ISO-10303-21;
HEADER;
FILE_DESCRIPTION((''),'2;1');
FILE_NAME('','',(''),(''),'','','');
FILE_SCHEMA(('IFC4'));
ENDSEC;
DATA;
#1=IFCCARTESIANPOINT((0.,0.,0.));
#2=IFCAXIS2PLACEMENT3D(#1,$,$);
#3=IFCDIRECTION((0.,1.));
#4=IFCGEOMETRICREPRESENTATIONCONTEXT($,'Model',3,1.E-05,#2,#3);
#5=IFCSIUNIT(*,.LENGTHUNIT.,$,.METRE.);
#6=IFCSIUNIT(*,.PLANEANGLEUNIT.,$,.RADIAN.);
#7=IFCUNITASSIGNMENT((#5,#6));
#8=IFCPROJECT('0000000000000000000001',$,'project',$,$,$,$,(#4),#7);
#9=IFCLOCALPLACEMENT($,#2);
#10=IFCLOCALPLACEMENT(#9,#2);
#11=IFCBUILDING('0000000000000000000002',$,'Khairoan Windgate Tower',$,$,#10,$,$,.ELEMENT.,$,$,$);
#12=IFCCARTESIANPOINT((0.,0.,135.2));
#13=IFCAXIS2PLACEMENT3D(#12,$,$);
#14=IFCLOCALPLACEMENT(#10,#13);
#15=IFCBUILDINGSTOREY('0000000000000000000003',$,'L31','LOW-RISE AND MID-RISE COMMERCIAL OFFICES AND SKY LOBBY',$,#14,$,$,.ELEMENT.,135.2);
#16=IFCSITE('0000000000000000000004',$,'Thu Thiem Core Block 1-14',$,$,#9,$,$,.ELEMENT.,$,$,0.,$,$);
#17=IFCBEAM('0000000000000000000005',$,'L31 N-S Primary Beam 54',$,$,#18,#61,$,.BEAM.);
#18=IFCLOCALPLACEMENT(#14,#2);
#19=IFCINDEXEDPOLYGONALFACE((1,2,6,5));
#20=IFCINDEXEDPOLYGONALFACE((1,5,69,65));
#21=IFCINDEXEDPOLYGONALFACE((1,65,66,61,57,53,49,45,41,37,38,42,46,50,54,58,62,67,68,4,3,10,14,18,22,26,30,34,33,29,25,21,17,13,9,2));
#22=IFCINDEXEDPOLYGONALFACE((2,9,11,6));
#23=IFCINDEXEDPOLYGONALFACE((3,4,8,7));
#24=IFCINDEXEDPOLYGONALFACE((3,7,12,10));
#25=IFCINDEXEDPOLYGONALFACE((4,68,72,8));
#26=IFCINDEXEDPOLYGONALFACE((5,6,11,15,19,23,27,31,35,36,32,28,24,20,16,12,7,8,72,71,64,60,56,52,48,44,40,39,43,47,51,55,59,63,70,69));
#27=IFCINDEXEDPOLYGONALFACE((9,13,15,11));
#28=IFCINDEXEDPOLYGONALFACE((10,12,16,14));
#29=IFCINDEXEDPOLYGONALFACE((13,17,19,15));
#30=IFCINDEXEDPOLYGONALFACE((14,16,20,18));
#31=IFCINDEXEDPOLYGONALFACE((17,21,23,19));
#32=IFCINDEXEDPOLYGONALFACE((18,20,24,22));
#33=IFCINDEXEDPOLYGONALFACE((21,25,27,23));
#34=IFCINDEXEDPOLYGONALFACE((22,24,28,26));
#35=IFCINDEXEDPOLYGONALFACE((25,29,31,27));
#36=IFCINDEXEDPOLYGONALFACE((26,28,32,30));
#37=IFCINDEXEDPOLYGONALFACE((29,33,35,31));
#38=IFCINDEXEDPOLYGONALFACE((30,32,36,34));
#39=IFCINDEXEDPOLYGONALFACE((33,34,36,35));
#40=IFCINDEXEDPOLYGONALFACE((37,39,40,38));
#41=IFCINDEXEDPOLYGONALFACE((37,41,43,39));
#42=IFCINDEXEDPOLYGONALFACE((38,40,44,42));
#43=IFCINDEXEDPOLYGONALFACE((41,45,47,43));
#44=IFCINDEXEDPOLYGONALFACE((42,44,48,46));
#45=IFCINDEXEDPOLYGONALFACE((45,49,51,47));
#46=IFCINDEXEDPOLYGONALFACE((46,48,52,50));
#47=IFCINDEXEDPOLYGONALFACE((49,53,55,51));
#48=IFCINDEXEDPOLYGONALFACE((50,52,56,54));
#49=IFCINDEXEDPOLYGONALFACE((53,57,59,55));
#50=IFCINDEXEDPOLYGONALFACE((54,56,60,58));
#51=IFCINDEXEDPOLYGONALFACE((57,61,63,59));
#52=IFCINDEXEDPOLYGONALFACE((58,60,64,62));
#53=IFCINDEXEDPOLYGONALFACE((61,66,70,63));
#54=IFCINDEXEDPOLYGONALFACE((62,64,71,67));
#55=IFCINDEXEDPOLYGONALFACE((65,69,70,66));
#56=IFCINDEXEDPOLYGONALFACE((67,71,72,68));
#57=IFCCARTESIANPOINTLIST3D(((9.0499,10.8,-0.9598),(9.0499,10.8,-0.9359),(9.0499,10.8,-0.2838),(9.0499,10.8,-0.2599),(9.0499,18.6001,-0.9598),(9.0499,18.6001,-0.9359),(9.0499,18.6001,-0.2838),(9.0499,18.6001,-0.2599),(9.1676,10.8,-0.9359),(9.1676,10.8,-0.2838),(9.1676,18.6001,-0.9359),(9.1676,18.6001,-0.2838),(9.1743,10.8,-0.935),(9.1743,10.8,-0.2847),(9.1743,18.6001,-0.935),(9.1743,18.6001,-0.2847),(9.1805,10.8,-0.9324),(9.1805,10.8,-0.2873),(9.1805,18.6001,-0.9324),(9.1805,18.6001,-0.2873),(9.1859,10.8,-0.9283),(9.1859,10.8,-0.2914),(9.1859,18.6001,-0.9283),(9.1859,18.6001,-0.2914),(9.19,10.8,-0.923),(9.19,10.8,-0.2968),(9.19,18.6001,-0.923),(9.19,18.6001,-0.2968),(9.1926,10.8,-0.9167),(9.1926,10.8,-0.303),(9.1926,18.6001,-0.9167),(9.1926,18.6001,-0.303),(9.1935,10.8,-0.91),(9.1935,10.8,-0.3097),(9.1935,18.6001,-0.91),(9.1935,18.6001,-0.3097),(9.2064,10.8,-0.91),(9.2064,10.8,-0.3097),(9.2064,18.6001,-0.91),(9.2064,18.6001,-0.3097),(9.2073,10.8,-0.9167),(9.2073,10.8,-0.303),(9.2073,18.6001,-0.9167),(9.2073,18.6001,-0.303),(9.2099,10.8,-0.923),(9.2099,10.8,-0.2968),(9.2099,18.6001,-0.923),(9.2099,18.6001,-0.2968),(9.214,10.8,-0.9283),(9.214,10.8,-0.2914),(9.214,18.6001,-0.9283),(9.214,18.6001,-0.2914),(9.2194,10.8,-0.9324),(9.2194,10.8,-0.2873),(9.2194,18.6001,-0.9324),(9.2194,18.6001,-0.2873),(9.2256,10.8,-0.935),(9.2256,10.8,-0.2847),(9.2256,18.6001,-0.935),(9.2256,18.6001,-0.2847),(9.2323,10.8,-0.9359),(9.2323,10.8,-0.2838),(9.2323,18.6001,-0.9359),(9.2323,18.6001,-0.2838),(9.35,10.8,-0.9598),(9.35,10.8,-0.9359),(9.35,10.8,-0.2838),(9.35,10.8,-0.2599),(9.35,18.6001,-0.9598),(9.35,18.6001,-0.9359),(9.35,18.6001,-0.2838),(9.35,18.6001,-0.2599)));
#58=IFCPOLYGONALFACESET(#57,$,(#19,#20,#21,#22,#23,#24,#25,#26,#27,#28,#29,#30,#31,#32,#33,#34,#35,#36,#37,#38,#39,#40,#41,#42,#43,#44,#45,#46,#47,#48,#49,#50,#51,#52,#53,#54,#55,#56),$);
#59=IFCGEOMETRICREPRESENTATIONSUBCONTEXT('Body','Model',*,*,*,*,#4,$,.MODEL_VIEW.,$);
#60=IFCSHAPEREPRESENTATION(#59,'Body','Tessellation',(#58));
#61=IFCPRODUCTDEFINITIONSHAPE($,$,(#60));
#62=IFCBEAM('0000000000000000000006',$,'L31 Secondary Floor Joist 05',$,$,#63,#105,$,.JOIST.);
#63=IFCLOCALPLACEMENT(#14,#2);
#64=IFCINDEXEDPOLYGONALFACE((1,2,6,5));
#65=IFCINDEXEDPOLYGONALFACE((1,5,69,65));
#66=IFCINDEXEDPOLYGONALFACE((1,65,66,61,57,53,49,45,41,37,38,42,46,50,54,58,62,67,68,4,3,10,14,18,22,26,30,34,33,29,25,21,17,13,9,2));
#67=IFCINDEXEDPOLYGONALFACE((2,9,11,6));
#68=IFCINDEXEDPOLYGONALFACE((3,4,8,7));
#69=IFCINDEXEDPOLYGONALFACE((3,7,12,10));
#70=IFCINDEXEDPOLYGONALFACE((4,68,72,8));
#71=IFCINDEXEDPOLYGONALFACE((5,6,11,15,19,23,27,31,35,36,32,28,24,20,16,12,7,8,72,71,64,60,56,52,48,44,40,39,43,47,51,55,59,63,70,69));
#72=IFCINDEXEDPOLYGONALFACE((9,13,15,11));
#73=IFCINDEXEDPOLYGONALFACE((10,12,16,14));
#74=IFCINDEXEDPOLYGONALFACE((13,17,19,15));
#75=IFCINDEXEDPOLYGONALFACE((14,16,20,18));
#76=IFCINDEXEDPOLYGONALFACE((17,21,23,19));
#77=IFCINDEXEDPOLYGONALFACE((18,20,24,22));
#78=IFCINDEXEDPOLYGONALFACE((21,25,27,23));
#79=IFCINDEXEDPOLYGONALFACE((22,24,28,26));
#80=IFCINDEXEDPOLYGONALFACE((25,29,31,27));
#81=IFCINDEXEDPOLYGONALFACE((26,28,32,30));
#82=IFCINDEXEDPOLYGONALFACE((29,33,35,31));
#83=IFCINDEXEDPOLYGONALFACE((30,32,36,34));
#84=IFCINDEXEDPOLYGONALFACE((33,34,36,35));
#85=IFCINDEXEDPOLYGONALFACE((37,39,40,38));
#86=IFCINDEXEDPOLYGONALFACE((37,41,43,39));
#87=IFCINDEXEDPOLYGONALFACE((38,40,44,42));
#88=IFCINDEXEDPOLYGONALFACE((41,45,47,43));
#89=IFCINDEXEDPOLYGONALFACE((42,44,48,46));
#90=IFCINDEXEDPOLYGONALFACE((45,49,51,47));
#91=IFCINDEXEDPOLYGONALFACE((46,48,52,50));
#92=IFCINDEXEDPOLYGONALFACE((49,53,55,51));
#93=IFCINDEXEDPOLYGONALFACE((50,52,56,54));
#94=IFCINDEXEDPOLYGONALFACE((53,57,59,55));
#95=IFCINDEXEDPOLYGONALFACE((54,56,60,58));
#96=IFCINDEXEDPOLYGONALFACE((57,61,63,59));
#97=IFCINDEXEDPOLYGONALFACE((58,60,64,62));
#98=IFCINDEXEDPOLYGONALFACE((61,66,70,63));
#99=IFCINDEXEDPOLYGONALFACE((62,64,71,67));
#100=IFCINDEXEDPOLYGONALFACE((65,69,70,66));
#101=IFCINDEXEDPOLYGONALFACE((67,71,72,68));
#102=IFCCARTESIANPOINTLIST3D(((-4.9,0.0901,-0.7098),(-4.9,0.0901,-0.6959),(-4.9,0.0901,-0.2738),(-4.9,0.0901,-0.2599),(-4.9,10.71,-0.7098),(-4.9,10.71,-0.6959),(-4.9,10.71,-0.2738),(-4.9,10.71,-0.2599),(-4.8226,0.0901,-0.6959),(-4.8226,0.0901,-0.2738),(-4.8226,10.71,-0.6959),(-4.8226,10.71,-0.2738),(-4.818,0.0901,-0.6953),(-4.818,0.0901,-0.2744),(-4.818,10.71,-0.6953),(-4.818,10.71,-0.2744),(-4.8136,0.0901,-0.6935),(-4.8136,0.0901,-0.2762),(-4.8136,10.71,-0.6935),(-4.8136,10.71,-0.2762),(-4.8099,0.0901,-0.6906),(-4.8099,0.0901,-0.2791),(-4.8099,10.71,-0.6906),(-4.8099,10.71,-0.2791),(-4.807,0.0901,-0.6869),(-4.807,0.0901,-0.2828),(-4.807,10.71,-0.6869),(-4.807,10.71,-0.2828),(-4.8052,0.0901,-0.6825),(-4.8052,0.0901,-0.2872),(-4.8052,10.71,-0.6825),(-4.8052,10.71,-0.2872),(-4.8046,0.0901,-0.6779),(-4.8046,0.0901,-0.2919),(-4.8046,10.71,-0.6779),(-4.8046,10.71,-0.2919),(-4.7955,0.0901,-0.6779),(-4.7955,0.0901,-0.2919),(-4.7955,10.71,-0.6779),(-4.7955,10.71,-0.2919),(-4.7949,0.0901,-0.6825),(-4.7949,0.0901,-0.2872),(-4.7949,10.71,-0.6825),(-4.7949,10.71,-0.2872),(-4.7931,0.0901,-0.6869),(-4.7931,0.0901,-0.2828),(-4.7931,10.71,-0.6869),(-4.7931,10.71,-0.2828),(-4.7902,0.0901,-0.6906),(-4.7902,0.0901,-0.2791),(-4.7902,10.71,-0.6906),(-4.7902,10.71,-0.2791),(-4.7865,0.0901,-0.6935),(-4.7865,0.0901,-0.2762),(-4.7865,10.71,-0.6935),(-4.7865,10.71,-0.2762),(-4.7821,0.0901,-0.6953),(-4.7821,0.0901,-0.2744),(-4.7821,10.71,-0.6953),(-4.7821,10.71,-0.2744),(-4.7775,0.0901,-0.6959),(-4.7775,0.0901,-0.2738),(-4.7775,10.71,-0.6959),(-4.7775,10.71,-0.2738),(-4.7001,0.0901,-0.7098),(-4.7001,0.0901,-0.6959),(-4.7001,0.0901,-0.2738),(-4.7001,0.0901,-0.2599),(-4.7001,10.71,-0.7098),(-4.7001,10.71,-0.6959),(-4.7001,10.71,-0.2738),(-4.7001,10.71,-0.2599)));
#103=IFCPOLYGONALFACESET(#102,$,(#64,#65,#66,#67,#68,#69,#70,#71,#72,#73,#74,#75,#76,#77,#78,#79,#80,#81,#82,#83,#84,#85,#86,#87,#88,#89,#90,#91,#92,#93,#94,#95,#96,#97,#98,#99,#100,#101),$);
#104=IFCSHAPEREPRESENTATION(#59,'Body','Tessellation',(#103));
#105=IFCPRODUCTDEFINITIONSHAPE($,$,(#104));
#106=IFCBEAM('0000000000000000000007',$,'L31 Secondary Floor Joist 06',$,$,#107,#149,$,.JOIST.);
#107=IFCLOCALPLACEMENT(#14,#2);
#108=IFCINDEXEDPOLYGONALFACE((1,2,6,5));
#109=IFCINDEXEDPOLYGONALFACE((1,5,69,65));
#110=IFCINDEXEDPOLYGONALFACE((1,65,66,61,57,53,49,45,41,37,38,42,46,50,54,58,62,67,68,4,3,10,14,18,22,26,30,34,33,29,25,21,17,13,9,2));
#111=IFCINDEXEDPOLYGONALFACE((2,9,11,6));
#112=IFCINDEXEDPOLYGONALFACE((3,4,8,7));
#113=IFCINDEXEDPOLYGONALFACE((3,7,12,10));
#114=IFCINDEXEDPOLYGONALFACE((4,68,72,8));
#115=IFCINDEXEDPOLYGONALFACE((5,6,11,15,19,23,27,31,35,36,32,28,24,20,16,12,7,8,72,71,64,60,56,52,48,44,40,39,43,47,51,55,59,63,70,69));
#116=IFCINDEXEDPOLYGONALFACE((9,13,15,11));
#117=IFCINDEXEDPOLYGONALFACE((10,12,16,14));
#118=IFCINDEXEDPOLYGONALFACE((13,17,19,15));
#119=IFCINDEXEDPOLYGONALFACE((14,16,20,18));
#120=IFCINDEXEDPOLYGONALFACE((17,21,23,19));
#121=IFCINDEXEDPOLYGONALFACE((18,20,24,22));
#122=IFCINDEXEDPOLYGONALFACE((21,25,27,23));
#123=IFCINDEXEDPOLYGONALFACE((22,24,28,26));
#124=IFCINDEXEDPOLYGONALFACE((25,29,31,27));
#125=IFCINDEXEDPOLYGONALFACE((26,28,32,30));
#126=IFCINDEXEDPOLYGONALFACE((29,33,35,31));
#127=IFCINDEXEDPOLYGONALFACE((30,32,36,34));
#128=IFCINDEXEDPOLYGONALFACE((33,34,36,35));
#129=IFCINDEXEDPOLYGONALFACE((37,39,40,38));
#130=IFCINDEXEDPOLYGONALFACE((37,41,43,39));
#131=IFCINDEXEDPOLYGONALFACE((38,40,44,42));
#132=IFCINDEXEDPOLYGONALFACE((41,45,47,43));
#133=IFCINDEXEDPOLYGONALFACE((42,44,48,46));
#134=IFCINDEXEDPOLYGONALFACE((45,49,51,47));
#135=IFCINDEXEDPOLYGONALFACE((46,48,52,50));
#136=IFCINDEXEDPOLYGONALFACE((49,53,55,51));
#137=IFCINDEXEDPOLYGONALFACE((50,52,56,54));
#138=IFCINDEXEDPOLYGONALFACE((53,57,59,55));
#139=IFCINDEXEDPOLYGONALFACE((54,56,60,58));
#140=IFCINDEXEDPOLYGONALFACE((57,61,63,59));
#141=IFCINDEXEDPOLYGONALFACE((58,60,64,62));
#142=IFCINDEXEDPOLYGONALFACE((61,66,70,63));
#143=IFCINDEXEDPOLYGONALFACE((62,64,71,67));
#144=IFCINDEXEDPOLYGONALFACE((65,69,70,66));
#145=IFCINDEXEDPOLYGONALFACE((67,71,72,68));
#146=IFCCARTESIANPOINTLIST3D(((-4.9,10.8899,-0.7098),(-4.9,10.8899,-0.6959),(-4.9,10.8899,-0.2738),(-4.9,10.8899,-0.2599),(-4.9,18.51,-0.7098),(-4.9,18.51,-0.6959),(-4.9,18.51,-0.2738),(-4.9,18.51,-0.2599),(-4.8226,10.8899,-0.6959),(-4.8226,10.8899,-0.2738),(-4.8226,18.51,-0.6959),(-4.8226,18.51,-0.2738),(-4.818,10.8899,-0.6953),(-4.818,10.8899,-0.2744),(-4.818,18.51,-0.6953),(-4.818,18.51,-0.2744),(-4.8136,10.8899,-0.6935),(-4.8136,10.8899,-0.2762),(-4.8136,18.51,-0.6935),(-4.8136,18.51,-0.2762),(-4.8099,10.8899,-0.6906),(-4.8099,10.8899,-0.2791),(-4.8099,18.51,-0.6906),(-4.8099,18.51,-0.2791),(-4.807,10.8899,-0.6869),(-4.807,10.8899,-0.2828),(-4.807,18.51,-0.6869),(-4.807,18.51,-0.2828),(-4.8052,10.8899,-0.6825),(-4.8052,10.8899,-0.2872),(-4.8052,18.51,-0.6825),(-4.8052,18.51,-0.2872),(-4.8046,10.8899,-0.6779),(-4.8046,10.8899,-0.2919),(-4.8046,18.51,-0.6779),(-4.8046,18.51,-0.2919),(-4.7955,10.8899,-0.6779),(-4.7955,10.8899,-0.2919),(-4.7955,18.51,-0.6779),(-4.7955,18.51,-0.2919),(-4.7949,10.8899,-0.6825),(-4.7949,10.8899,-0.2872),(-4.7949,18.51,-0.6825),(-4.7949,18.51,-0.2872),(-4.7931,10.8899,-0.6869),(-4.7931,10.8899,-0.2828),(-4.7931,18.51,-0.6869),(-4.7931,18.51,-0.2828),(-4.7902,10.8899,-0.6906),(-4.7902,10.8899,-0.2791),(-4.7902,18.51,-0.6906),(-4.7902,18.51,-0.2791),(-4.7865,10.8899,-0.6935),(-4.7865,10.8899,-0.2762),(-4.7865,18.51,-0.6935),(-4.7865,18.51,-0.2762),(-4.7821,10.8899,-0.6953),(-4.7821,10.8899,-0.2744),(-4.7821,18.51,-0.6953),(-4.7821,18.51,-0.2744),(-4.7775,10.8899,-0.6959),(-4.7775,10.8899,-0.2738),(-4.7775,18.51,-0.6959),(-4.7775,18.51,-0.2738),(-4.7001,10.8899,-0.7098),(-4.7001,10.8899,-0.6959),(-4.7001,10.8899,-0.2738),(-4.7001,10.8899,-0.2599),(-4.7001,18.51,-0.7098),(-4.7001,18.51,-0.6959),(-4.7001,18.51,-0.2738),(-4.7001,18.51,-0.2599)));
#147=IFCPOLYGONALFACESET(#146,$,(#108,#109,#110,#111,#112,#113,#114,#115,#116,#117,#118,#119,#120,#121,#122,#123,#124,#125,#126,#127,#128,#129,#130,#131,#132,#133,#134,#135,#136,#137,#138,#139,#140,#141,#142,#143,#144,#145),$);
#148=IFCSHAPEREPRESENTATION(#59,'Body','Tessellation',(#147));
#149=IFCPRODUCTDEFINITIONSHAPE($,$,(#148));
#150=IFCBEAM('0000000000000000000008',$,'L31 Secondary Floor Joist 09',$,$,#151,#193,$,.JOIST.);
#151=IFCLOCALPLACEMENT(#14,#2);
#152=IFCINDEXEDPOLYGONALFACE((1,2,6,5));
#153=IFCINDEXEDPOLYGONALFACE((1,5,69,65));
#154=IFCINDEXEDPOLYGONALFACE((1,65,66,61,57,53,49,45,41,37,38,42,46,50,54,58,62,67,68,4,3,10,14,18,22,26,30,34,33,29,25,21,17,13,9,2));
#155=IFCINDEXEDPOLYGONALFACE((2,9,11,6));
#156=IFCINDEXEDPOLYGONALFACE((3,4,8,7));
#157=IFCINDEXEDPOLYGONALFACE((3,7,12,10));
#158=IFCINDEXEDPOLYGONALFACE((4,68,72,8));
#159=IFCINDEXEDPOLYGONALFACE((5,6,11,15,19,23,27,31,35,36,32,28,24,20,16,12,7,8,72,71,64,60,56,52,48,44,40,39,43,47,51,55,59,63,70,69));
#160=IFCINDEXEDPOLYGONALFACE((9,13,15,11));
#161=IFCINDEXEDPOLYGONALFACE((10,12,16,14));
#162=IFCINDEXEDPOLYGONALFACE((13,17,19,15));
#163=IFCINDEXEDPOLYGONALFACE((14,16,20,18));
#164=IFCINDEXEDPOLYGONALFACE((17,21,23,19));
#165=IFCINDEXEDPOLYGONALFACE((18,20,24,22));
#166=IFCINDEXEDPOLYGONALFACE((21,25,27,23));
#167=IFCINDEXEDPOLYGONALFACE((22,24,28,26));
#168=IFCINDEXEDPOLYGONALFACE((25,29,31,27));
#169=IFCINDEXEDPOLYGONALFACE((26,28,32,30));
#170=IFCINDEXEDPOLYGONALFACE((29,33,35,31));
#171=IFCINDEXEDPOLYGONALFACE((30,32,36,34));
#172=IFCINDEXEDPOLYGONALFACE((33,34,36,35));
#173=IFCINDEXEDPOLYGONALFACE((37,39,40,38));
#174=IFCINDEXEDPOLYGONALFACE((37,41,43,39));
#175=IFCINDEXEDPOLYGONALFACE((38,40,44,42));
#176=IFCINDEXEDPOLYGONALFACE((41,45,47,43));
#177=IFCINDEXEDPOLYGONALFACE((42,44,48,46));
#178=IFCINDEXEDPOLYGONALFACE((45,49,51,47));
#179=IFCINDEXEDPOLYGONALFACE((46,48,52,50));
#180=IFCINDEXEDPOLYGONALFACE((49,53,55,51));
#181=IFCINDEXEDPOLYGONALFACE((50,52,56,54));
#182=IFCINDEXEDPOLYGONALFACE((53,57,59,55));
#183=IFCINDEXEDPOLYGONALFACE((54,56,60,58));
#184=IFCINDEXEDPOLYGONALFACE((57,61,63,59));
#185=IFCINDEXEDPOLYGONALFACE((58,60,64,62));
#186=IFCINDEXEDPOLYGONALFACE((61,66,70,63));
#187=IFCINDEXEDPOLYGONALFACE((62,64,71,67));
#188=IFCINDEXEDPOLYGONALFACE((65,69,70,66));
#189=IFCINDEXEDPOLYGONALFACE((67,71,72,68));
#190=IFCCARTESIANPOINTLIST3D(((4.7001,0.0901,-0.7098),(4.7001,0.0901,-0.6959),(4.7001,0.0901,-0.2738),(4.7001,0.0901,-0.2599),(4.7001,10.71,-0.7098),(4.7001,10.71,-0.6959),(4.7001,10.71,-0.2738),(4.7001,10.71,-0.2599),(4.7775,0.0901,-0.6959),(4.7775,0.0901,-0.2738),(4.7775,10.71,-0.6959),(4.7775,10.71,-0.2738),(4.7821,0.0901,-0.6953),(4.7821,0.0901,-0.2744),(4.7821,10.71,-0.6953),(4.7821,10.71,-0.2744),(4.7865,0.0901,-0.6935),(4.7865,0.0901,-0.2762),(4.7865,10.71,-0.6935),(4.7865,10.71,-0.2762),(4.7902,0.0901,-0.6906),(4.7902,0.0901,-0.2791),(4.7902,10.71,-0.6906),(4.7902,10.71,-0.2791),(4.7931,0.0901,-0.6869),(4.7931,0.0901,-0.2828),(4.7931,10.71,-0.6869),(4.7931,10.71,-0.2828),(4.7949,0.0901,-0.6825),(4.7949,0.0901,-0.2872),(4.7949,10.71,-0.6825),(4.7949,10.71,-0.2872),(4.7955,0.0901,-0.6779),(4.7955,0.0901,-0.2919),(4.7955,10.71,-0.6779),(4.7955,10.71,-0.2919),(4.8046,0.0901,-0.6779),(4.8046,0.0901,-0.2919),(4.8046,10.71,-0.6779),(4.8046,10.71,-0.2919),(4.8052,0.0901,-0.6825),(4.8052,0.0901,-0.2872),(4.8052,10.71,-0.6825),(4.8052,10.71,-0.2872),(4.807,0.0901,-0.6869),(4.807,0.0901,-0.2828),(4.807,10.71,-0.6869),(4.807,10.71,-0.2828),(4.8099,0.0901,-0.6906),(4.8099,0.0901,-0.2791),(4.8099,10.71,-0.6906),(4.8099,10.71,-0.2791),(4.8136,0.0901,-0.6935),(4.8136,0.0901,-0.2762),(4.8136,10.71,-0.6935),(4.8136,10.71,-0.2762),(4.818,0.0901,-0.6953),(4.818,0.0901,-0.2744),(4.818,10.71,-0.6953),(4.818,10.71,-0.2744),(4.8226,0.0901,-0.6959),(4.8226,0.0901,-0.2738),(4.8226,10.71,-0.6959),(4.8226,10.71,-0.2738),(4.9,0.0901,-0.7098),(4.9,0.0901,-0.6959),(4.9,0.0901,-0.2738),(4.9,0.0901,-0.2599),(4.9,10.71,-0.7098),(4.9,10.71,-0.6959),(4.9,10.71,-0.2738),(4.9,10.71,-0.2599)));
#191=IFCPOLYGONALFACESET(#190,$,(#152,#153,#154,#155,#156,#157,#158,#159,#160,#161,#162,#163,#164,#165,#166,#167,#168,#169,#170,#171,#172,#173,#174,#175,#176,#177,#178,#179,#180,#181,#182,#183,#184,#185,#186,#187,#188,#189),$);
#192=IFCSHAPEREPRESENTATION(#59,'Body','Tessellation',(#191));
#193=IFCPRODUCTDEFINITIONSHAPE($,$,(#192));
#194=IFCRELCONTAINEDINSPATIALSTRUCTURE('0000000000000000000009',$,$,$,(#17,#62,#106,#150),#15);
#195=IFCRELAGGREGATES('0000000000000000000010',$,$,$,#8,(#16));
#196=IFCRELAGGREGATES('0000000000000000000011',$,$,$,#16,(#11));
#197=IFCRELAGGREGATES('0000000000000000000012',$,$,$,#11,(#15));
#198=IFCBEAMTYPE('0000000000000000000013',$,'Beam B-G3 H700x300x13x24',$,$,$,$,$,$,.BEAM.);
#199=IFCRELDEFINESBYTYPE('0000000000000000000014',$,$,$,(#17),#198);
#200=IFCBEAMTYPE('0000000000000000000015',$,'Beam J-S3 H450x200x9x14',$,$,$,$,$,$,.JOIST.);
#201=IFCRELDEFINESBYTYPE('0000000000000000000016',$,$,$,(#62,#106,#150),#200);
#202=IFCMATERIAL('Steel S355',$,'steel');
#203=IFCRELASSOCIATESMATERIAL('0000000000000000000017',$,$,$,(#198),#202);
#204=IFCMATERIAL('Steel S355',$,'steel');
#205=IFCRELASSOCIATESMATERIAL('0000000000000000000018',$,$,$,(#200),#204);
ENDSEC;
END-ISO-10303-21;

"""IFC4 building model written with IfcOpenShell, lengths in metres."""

from ifc_helpers import new_model, si_unit, direction, frame, origin, origin_2d, place, context, subcontext, project, spatial, i_section, extrude, material, material_profile, profile_set, type_object, element, save


model = new_model("IFC4")

# Units and contexts
model_context = context("Model", 3, precision=1e-05, world=origin(), true_north=direction((0.0, 1.0)))
body_context = subcontext(model_context, "Body", "Model", "MODEL_VIEW")
ifc_project = project(units=[si_unit("LENGTHUNIT", "METRE"), si_unit("PLANEANGLEUNIT", "RADIAN")], contexts=[model_context])

# Site, building, storey
site_placement = place(None, origin())
site = spatial("IfcSite", under=ifc_project, at=site_placement, Name="Thu Thiem Core Block 1-14", CompositionType="ELEMENT", RefElevation=0.0)
building_placement = place(site_placement, origin())
building = spatial("IfcBuilding", under=site, at=building_placement, Name="Khairoan Windgate Tower", CompositionType="ELEMENT")
storey_placement = place(building_placement, frame((0.0, 0.0, 135.2)))
storey = spatial("IfcBuildingStorey", under=building, at=storey_placement, Name="L31", Description="LOW-RISE AND MID-RISE COMMERCIAL OFFICES AND SKY LOBBY", CompositionType="ELEMENT", Elevation=135.2)

# Beams
ifc_material_1 = material(Name="Steel S355", Category="steel")
ifc_material_profile_1 = material_profile(ifc_material_1, i_section(OverallWidth=0.3, OverallDepth=0.7, WebThickness=0.0129, FlangeThickness=0.0239, FilletRadius=0.0259, at=origin_2d()))
ifc_profile_set_1 = profile_set([ifc_material_profile_1], Name="Steel S355")
beam_type_1 = type_object("IfcBeamType", Name="Beam B-G3 H700x300x13x24", PredefinedType="BEAM", material=ifc_profile_set_1)
beam_1_placement = place(storey_placement, frame((9.2, 10.8, -0.6099), z_axis=(0.0, 1.0, 0.0), x_axis=(-1.0, 0.0, 0.0)))
element("IfcBeam", 1, at=beam_1_placement, inside=storey, type_object=beam_type_1, Name="L31 N-S Primary Beam 54", PredefinedType="BEAM", context=body_context, shape_type="SweptSolid", body=[
    extrude(i_section(OverallWidth=0.3, OverallDepth=0.7, WebThickness=0.0129, FlangeThickness=0.0239, FilletRadius=0.0259, at=origin_2d()), origin(), (0.0, 0.0, 1.0), 7.8),
])
ifc_material_2 = material(Name="Steel S355", Category="steel")
ifc_material_profile_2 = material_profile(ifc_material_2, i_section(OverallWidth=0.2, OverallDepth=0.45, WebThickness=0.009, FlangeThickness=0.0139, FilletRadius=0.0181, at=origin_2d()))
ifc_profile_set_2 = profile_set([ifc_material_profile_2], Name="Steel S355")
beam_type_2 = type_object("IfcBeamType", Name="Beam J-S3 H450x200x9x14", PredefinedType="JOIST", material=ifc_profile_set_2)
beam_2_placement = place(storey_placement, frame((-4.8, 0.0901, -0.4849), z_axis=(0.0, 1.0, 0.0), x_axis=(-1.0, 0.0, 0.0)))
element("IfcBeam", 2, at=beam_2_placement, inside=storey, type_object=beam_type_2, Name="L31 Secondary Floor Joist 05", PredefinedType="JOIST", context=body_context, shape_type="SweptSolid", body=[
    extrude(i_section(OverallWidth=0.2, OverallDepth=0.45, WebThickness=0.009, FlangeThickness=0.0139, FilletRadius=0.0181, at=origin_2d()), origin(), (0.0, 0.0, 1.0), 10.6199),
])
beam_3_placement = place(storey_placement, frame((-4.8, 10.8899, -0.4849), z_axis=(0.0, 1.0, 0.0), x_axis=(-1.0, 0.0, 0.0)))
element("IfcBeam", 3, at=beam_3_placement, inside=storey, type_object=beam_type_2, Name="L31 Secondary Floor Joist 06", PredefinedType="JOIST", context=body_context, shape_type="SweptSolid", body=[
    extrude(i_section(OverallWidth=0.2, OverallDepth=0.45, WebThickness=0.009, FlangeThickness=0.0139, FilletRadius=0.0181, at=origin_2d()), origin(), (0.0, 0.0, 1.0), 7.6201),
])
beam_4_placement = place(storey_placement, frame((4.8, 0.0901, -0.4849), z_axis=(0.0, 1.0, 0.0), x_axis=(-1.0, 0.0, 0.0)))
element("IfcBeam", 4, at=beam_4_placement, inside=storey, type_object=beam_type_2, Name="L31 Secondary Floor Joist 09", PredefinedType="JOIST", context=body_context, shape_type="SweptSolid", body=[
    extrude(i_section(OverallWidth=0.2, OverallDepth=0.45, WebThickness=0.009, FlangeThickness=0.0139, FilletRadius=0.0181, at=origin_2d()), origin(), (0.0, 0.0, 1.0), 10.6199),
])

save(model, "model.ifc")
